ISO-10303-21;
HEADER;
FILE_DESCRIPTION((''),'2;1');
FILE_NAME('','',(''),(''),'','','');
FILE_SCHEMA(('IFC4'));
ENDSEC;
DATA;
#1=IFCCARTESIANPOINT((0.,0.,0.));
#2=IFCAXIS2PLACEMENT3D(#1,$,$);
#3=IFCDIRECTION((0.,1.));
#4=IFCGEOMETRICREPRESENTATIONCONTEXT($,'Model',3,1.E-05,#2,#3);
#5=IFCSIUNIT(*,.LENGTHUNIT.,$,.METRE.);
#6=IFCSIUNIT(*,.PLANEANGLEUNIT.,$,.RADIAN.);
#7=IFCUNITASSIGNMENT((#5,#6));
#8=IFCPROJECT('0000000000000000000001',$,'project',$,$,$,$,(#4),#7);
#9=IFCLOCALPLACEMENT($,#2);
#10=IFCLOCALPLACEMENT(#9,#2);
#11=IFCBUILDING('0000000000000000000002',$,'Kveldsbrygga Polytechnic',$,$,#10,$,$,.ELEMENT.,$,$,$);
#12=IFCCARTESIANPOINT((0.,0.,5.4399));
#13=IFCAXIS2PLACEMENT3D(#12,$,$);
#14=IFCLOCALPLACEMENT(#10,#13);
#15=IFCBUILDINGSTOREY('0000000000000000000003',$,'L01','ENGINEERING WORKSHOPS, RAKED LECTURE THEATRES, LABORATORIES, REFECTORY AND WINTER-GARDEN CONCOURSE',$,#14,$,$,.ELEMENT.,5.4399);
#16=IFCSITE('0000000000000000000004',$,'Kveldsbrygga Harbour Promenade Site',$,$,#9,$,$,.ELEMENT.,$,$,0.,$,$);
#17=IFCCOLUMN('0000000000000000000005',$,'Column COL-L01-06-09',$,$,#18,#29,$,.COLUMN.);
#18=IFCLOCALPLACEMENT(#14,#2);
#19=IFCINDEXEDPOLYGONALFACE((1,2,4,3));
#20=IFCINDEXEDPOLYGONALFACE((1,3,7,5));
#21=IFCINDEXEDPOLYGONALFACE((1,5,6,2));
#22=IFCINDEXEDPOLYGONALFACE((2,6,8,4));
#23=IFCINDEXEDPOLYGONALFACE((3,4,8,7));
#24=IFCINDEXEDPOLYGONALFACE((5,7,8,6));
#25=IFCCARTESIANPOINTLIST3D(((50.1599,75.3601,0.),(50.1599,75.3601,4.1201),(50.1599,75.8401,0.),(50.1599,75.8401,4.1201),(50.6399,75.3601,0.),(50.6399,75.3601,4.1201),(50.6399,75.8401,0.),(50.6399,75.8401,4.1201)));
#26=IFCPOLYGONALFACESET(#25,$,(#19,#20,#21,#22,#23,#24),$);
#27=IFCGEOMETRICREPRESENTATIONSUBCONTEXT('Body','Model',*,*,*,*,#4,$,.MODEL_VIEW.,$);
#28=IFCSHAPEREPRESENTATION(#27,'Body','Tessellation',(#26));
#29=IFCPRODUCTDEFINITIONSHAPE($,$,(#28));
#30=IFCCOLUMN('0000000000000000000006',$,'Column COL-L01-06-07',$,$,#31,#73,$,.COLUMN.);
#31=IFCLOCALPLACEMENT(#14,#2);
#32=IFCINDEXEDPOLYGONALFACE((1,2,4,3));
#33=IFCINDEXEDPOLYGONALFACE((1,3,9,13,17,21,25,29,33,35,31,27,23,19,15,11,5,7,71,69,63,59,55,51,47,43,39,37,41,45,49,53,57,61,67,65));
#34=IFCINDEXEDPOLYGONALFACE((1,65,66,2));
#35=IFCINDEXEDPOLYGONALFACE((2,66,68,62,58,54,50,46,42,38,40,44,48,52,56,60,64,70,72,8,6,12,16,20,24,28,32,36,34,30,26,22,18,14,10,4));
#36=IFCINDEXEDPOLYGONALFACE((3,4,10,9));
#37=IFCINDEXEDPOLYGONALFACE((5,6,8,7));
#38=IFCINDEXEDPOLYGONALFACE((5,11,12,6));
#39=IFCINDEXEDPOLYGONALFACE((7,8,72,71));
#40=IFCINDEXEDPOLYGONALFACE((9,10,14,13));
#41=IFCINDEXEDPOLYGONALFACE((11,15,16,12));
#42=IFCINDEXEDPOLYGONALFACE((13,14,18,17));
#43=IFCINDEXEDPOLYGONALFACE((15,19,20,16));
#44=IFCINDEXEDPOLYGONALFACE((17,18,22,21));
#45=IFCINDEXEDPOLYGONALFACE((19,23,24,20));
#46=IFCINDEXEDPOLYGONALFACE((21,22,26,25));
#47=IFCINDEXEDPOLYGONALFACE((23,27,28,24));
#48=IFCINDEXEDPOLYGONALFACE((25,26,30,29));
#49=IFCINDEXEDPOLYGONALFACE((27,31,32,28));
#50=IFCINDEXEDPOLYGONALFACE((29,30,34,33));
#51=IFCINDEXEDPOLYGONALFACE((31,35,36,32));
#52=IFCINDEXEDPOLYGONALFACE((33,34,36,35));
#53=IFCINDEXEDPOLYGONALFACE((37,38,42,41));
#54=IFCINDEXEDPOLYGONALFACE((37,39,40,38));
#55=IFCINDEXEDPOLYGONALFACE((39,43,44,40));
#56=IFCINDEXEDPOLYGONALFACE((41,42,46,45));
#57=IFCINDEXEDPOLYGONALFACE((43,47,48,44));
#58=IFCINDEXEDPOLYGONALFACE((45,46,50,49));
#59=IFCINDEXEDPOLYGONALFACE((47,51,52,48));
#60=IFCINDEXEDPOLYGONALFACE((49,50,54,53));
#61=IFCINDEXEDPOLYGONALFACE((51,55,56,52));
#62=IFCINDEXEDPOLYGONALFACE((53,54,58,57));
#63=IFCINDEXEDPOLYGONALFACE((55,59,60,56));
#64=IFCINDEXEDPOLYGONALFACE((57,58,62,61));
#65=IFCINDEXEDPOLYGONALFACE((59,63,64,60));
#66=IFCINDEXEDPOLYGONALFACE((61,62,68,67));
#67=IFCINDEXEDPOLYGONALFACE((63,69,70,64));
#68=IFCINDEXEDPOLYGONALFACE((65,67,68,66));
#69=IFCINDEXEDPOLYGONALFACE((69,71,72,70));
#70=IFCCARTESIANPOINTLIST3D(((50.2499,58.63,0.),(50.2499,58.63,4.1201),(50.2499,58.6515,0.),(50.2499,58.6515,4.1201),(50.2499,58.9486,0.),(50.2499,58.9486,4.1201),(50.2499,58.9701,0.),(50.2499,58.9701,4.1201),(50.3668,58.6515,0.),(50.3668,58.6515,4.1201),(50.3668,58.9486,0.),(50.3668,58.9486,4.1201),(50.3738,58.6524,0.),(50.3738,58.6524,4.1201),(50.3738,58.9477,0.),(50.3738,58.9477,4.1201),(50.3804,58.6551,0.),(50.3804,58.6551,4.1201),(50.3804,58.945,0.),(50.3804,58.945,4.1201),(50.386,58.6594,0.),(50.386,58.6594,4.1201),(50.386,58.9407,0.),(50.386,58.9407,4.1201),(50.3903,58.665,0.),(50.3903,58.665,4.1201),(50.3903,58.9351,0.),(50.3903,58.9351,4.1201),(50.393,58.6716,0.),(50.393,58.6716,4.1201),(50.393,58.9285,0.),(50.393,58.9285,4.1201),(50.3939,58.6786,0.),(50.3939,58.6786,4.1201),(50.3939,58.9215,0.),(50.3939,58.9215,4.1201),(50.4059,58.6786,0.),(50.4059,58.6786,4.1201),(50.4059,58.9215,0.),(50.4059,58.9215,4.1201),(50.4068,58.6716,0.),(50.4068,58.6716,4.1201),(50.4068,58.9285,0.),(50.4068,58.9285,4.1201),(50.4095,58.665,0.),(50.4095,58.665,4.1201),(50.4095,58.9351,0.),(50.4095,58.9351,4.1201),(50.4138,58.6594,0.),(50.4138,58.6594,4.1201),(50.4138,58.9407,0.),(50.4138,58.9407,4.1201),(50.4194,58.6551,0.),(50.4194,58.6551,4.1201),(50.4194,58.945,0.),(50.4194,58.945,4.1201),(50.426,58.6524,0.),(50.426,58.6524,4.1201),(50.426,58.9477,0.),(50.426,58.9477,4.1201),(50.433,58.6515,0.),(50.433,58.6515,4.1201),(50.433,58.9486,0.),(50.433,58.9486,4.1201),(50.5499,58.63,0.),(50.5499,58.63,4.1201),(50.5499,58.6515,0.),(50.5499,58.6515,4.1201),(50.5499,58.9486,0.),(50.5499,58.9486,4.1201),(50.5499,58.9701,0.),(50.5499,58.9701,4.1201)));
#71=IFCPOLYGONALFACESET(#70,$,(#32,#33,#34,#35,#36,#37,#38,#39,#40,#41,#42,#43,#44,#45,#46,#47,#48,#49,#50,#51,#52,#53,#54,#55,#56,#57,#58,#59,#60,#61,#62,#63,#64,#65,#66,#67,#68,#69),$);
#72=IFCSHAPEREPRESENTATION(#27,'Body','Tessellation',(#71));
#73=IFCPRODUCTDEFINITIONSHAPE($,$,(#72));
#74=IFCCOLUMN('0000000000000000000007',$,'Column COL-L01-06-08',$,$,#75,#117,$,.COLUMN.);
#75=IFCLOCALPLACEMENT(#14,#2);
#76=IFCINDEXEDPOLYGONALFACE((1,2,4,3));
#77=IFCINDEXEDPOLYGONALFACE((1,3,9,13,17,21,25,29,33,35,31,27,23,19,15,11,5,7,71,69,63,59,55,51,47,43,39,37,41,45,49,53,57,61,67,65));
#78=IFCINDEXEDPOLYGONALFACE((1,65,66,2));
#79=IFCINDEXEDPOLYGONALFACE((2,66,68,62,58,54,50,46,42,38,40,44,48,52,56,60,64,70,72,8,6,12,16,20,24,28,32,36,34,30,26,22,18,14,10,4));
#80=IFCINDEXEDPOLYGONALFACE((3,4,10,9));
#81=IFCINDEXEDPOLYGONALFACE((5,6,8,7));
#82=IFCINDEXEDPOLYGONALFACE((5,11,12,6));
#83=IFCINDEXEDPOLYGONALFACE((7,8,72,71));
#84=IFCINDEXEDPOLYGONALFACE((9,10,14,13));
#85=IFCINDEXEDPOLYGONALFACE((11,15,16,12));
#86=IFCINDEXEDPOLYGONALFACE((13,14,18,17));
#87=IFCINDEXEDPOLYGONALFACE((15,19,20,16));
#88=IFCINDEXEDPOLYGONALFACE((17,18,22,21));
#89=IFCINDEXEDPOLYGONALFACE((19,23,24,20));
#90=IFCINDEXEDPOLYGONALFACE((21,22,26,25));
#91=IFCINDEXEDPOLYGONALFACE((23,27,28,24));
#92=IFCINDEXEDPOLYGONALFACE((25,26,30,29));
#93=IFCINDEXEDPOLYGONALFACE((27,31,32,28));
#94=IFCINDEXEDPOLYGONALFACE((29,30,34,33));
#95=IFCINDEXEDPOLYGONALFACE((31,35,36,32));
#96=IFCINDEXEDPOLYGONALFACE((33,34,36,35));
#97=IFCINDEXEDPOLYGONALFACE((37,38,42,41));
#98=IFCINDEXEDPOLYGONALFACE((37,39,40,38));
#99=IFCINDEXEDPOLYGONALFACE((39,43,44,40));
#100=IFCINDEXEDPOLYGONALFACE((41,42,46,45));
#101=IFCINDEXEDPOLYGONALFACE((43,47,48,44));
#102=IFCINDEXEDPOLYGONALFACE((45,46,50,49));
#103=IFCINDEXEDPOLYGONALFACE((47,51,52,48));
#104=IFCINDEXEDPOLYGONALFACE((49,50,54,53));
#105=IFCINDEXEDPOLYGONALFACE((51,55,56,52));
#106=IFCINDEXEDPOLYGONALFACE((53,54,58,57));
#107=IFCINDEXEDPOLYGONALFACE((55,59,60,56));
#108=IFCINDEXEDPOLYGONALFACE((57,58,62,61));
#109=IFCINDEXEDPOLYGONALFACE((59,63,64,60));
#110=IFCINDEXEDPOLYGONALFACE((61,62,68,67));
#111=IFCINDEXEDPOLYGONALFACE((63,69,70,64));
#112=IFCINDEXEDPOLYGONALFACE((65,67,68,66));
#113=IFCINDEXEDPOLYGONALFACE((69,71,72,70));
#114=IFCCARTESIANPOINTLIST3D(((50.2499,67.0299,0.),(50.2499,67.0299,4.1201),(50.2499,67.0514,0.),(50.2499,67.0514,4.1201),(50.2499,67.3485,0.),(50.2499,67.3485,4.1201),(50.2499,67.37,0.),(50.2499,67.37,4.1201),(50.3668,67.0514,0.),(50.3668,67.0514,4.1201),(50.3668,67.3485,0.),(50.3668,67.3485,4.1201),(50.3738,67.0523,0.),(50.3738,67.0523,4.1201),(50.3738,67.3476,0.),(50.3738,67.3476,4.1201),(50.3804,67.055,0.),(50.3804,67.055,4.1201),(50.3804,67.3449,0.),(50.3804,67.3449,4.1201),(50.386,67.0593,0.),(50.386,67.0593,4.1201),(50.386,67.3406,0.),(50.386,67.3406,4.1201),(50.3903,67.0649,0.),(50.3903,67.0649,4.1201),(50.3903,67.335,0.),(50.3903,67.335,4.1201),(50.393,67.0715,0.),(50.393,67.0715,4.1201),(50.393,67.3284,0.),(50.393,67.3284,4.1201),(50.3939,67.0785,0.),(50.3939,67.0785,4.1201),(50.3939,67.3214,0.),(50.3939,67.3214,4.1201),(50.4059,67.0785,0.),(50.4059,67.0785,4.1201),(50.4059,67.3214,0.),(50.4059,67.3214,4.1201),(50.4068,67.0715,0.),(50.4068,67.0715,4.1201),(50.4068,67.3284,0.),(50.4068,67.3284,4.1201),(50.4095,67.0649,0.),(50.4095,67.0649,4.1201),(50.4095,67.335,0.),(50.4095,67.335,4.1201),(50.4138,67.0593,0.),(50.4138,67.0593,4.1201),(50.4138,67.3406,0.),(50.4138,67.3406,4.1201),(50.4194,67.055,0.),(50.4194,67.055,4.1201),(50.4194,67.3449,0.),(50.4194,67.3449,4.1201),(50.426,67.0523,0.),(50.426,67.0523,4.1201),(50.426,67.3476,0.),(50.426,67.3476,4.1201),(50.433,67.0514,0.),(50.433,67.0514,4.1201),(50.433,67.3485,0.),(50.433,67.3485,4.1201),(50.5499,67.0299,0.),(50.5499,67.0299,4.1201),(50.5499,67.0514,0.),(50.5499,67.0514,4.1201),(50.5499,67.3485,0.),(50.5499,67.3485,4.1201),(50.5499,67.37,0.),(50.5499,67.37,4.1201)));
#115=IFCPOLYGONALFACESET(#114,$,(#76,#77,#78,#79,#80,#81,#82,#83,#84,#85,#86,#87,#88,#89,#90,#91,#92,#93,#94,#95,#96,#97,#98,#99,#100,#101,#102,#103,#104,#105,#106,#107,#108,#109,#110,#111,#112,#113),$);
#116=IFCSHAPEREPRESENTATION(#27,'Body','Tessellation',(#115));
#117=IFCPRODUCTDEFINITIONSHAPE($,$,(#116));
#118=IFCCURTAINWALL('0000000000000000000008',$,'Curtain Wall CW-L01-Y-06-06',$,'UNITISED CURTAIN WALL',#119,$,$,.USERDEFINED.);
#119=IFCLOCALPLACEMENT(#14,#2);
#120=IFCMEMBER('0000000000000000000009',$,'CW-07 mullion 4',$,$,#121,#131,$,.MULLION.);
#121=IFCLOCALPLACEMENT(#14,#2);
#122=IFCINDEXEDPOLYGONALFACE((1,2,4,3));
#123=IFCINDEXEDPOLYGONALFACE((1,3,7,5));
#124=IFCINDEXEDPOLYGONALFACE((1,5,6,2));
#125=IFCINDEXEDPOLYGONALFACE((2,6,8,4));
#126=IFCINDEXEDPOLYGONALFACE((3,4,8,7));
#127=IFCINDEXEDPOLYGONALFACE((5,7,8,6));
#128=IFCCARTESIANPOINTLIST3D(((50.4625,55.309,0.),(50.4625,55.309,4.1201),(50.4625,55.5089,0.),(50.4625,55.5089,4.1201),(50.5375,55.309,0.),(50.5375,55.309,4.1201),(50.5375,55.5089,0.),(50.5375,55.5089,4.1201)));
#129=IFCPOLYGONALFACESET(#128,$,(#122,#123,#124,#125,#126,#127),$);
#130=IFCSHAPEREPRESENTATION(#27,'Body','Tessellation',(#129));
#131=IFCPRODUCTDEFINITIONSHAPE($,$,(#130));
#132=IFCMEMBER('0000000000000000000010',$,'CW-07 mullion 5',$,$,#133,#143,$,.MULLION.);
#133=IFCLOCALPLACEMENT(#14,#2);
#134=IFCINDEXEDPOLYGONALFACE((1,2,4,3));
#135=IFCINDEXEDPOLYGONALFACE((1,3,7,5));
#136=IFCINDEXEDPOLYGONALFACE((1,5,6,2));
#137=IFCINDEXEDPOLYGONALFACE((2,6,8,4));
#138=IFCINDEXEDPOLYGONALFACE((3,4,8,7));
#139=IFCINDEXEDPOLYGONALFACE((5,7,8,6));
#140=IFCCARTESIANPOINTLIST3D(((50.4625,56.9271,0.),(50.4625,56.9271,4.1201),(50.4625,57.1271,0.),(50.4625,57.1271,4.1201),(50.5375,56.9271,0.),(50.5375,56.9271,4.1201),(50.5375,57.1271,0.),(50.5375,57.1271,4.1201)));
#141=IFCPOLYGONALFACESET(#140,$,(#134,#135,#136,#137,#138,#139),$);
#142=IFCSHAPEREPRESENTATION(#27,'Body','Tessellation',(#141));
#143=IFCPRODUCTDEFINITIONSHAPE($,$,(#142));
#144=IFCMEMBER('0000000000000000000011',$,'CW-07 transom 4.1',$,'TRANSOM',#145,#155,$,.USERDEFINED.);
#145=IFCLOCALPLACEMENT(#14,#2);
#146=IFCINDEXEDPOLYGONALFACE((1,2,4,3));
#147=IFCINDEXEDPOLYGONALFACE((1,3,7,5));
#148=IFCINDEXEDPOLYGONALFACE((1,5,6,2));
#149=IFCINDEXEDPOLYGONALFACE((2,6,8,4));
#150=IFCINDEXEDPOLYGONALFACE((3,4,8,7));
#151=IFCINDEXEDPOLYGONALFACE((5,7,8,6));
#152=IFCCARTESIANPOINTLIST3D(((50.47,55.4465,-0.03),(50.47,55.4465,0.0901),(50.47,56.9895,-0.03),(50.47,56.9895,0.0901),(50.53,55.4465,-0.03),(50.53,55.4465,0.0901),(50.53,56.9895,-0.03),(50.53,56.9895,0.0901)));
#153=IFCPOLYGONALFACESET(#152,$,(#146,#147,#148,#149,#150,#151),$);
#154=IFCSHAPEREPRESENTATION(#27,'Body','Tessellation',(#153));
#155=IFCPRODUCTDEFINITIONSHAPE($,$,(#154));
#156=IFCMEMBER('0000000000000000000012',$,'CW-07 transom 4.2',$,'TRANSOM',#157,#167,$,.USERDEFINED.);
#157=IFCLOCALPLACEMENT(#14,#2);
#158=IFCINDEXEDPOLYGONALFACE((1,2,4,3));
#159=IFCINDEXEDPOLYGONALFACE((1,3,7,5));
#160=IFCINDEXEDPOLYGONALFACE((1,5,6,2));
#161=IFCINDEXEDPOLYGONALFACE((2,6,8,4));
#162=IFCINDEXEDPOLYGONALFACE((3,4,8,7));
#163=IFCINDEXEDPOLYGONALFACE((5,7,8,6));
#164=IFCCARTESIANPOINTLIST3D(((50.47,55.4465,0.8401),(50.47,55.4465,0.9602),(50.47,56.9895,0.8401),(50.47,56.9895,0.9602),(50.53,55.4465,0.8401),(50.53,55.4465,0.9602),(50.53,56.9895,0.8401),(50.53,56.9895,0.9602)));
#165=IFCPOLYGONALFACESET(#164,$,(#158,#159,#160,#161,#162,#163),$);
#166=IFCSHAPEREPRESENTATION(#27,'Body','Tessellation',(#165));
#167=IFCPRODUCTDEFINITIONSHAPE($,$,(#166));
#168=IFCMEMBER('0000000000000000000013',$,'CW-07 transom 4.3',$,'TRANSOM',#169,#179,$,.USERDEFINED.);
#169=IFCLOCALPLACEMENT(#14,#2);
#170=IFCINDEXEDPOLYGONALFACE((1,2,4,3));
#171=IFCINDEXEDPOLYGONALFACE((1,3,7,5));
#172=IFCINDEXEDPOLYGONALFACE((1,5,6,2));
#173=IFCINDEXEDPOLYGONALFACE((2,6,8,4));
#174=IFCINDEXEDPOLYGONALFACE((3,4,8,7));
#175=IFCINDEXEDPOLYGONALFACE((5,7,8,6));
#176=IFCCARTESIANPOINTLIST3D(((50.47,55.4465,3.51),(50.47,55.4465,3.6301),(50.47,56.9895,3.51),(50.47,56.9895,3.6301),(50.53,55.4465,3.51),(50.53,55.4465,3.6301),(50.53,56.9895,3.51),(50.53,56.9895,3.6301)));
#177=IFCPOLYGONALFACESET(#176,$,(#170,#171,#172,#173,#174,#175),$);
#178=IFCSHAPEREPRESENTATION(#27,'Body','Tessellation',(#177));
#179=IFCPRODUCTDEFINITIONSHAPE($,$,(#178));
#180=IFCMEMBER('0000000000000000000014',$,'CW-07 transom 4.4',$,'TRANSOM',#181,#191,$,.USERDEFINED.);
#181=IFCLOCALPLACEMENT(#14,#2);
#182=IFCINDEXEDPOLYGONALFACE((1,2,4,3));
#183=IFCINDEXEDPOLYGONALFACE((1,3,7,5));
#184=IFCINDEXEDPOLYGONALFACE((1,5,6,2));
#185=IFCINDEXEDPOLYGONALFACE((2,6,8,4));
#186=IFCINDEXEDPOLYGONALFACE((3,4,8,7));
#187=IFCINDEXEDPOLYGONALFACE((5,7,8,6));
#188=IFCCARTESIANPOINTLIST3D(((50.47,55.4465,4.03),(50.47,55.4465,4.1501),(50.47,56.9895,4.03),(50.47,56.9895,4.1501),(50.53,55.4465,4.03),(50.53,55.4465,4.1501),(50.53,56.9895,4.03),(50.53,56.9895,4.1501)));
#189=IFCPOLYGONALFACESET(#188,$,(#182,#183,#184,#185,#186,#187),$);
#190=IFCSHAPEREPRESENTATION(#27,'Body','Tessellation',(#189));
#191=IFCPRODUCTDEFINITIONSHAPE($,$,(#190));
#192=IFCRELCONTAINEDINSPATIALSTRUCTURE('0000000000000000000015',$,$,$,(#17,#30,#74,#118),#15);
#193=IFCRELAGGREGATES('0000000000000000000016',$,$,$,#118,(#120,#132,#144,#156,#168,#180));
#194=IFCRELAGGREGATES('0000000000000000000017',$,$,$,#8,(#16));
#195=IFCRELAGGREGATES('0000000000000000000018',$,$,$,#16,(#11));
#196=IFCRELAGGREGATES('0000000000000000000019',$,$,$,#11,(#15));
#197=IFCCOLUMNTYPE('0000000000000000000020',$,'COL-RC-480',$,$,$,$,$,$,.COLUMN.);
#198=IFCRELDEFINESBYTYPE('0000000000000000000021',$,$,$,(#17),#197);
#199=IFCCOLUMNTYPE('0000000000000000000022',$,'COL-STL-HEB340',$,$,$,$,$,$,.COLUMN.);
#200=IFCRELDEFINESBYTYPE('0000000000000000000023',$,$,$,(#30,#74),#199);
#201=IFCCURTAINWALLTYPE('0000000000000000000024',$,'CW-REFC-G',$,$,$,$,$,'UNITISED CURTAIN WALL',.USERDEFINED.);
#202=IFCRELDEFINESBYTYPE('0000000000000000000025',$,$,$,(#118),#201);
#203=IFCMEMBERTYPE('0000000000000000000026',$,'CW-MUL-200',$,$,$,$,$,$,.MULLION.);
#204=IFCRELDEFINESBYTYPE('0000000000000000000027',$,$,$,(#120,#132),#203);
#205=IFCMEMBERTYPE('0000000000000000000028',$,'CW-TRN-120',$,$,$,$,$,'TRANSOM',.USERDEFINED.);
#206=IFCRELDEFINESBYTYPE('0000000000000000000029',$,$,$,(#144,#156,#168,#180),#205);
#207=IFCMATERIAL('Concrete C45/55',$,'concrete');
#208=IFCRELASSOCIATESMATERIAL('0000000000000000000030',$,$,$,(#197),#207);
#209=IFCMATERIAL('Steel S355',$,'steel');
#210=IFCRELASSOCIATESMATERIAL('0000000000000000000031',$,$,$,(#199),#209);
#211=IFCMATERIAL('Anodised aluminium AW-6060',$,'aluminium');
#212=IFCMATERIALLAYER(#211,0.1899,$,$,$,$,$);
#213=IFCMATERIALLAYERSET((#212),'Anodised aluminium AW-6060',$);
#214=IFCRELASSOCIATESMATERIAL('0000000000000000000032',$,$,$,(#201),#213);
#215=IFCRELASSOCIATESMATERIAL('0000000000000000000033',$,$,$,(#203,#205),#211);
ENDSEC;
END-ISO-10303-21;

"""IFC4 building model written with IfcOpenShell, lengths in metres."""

from ifc_helpers import new_model, si_unit, direction, frame, origin, origin_2d, place, context, subcontext, project, spatial, rectangle, i_section, extrude, material, layer, layer_set, material_profile, profile_set, type_object, element, aggregate, save


model = new_model("IFC4")

# Units and contexts
model_context = context("Model", 3, precision=1e-05, world=origin(), true_north=direction((0.0, 1.0)))
body_context = subcontext(model_context, "Body", "Model", "MODEL_VIEW")
ifc_project = project(units=[si_unit("LENGTHUNIT", "METRE"), si_unit("PLANEANGLEUNIT", "RADIAN")], contexts=[model_context])

# Site, building, storey
site_placement = place(None, origin())
site = spatial("IfcSite", under=ifc_project, at=site_placement, Name="Kveldsbrygga Harbour Promenade Site", CompositionType="ELEMENT", RefElevation=0.0)
building_placement = place(site_placement, origin())
building = spatial("IfcBuilding", under=site, at=building_placement, Name="Kveldsbrygga Polytechnic", CompositionType="ELEMENT")
storey_placement = place(building_placement, frame((0.0, 0.0, 5.4399)))
storey = spatial("IfcBuildingStorey", under=building, at=storey_placement, Name="L01", Description="ENGINEERING WORKSHOPS, RAKED LECTURE THEATRES, LABORATORIES, REFECTORY AND WINTER-GARDEN CONCOURSE", CompositionType="ELEMENT", Elevation=5.4399)

# Columns
ifc_material_1 = material(Name="Concrete C45/55", Category="concrete")
ifc_material_profile_1 = material_profile(ifc_material_1, rectangle(XDim=0.48, YDim=0.48, at=origin_2d()), Name="RC 480x480")
ifc_profile_set_1 = profile_set([ifc_material_profile_1], Name="Concrete C45/55")
column_type_1 = type_object("IfcColumnType", Name="COL-RC-480", PredefinedType="COLUMN", material=ifc_profile_set_1)
column_placement = place(storey_placement, frame((50.3999, 75.6001, 0.0), z_axis=(0.0, 0.0, 1.0), x_axis=(1.0, 0.0, 0.0)))
element("IfcColumn", 1, at=column_placement, inside=storey, type_object=column_type_1, Name="Column COL-L01-06-09", PredefinedType="COLUMN", context=body_context, shape_type="SweptSolid", body=[
    extrude(rectangle(XDim=0.48, YDim=0.48, at=origin_2d()), origin(), (0.0, 0.0, 1.0), 4.1201),
])
ifc_material_2 = material(Name="Steel S355", Category="steel")
ifc_material_profile_2 = material_profile(ifc_material_2, i_section(OverallWidth=0.3, OverallDepth=0.3401, WebThickness=0.012, FlangeThickness=0.0215, FilletRadius=0.0271, at=origin_2d()), Name="HEB 340")
ifc_profile_set_2 = profile_set([ifc_material_profile_2], Name="Steel S355")
column_type_2 = type_object("IfcColumnType", Name="COL-STL-HEB340", PredefinedType="COLUMN", material=ifc_profile_set_2)
for number, where, z_axis, x_axis, name in (
    (2, (50.3999, 58.8, 0.0), (0.0, 0.0, 1.0), (1.0, 0.0, 0.0), "Column COL-L01-06-07"),
    (3, (50.3999, 67.2, 0.0), (0.0, 0.0, 1.0), (1.0, 0.0, 0.0), "Column COL-L01-06-08"),
):
    element("IfcColumn", number, at=place(storey_placement, frame(where, z_axis=z_axis, x_axis=x_axis)), inside=storey, type_object=column_type_2, Name=name, PredefinedType="COLUMN", context=body_context, shape_type="SweptSolid", body=[
        extrude(i_section(OverallWidth=0.3, OverallDepth=0.3401, WebThickness=0.012, FlangeThickness=0.0215, FilletRadius=0.0271, at=origin_2d()), origin(), (0.0, 0.0, 1.0), 4.1201),
    ])

# Curtain wall, members
ifc_material_3 = material(Name="Anodised aluminium AW-6060", Category="aluminium")
ifc_layer_1 = layer(ifc_material_3, 0.1899)
ifc_layer_set_1 = layer_set([ifc_layer_1], Name="Anodised aluminium AW-6060")
curtain_wall_type = type_object("IfcCurtainWallType", Name="CW-REFC-G", ElementType="UNITISED CURTAIN WALL", PredefinedType="USERDEFINED", material=ifc_layer_set_1)
curtain_wall_placement = place(storey_placement, origin())
curtain_wall = element("IfcCurtainWall", 4, at=curtain_wall_placement, inside=storey, type_object=curtain_wall_type, Name="Curtain Wall CW-L01-Y-06-06", ObjectType="UNITISED CURTAIN WALL", PredefinedType="USERDEFINED")
ifc_material_profile_3 = material_profile(ifc_material_3, rectangle(XDim=0.075, YDim=0.2, at=origin_2d()), Name="ALU 75x200")
ifc_profile_set_3 = profile_set([ifc_material_profile_3], Name="Anodised aluminium AW-6060")
member_type_1 = type_object("IfcMemberType", Name="CW-MUL-200", PredefinedType="MULLION", material=ifc_profile_set_3)
member_1_placement = place(storey_placement, frame((50.5, 55.4089, 0.0), z_axis=(0.0, 0.0, 1.0), x_axis=(-1.0, 0.0, 0.0)))
member_1 = element("IfcMember", 5, at=member_1_placement, type_object=member_type_1, Name="CW-07 mullion 4", PredefinedType="MULLION", context=body_context, shape_type="SweptSolid", body=[
    extrude(rectangle(XDim=0.075, YDim=0.2, at=origin_2d()), origin(), (0.0, 0.0, 1.0), 4.1201),
])
member_2_placement = place(storey_placement, frame((50.5, 57.0271, 0.0), z_axis=(0.0, 0.0, 1.0), x_axis=(-1.0, 0.0, 0.0)))
member_2 = element("IfcMember", 6, at=member_2_placement, type_object=member_type_1, Name="CW-07 mullion 5", PredefinedType="MULLION", context=body_context, shape_type="SweptSolid", body=[
    extrude(rectangle(XDim=0.075, YDim=0.2, at=origin_2d()), origin(), (0.0, 0.0, 1.0), 4.1201),
])
ifc_material_profile_4 = material_profile(ifc_material_3, rectangle(XDim=0.0601, YDim=0.1201, at=origin_2d()), Name="ALU 60x120")
ifc_profile_set_4 = profile_set([ifc_material_profile_4], Name="Anodised aluminium AW-6060")
member_type_2 = type_object("IfcMemberType", Name="CW-TRN-120", ElementType="TRANSOM", PredefinedType="USERDEFINED", material=ifc_profile_set_4)
member_3_placement = place(storey_placement, frame((50.5, 55.4465, 0.03), z_axis=(0.0, 1.0, 0.0), x_axis=(-1.0, 0.0, 0.0)))
member_3 = element("IfcMember", 7, at=member_3_placement, type_object=member_type_2, Name="CW-07 transom 4.1", ObjectType="TRANSOM", PredefinedType="USERDEFINED", context=body_context, shape_type="SweptSolid", body=[
    extrude(rectangle(XDim=0.0601, YDim=0.1201, at=origin_2d()), origin(), (0.0, 0.0, 1.0), 1.543),
])
member_4_placement = place(storey_placement, frame((50.5, 55.4465, 0.9001), z_axis=(0.0, 1.0, 0.0), x_axis=(-1.0, 0.0, 0.0)))
member_4 = element("IfcMember", 8, at=member_4_placement, type_object=member_type_2, Name="CW-07 transom 4.2", ObjectType="TRANSOM", PredefinedType="USERDEFINED", context=body_context, shape_type="SweptSolid", body=[
    extrude(rectangle(XDim=0.0601, YDim=0.1201, at=origin_2d()), origin(), (0.0, 0.0, 1.0), 1.543),
])
member_5_placement = place(storey_placement, frame((50.5, 55.4465, 3.5701), z_axis=(0.0, 1.0, 0.0), x_axis=(-1.0, 0.0, 0.0)))
member_5 = element("IfcMember", 9, at=member_5_placement, type_object=member_type_2, Name="CW-07 transom 4.3", ObjectType="TRANSOM", PredefinedType="USERDEFINED", context=body_context, shape_type="SweptSolid", body=[
    extrude(rectangle(XDim=0.0601, YDim=0.1201, at=origin_2d()), origin(), (0.0, 0.0, 1.0), 1.543),
])
member_6_placement = place(storey_placement, frame((50.5, 55.4465, 4.0901), z_axis=(0.0, 1.0, 0.0), x_axis=(-1.0, 0.0, 0.0)))
member_6 = element("IfcMember", 10, at=member_6_placement, type_object=member_type_2, Name="CW-07 transom 4.4", ObjectType="TRANSOM", PredefinedType="USERDEFINED", context=body_context, shape_type="SweptSolid", body=[
    extrude(rectangle(XDim=0.0601, YDim=0.1201, at=origin_2d()), origin(), (0.0, 0.0, 1.0), 1.543),
])

aggregate(curtain_wall, [member_1, member_2, member_3, member_4, member_5, member_6])

save(model, "model.ifc")
